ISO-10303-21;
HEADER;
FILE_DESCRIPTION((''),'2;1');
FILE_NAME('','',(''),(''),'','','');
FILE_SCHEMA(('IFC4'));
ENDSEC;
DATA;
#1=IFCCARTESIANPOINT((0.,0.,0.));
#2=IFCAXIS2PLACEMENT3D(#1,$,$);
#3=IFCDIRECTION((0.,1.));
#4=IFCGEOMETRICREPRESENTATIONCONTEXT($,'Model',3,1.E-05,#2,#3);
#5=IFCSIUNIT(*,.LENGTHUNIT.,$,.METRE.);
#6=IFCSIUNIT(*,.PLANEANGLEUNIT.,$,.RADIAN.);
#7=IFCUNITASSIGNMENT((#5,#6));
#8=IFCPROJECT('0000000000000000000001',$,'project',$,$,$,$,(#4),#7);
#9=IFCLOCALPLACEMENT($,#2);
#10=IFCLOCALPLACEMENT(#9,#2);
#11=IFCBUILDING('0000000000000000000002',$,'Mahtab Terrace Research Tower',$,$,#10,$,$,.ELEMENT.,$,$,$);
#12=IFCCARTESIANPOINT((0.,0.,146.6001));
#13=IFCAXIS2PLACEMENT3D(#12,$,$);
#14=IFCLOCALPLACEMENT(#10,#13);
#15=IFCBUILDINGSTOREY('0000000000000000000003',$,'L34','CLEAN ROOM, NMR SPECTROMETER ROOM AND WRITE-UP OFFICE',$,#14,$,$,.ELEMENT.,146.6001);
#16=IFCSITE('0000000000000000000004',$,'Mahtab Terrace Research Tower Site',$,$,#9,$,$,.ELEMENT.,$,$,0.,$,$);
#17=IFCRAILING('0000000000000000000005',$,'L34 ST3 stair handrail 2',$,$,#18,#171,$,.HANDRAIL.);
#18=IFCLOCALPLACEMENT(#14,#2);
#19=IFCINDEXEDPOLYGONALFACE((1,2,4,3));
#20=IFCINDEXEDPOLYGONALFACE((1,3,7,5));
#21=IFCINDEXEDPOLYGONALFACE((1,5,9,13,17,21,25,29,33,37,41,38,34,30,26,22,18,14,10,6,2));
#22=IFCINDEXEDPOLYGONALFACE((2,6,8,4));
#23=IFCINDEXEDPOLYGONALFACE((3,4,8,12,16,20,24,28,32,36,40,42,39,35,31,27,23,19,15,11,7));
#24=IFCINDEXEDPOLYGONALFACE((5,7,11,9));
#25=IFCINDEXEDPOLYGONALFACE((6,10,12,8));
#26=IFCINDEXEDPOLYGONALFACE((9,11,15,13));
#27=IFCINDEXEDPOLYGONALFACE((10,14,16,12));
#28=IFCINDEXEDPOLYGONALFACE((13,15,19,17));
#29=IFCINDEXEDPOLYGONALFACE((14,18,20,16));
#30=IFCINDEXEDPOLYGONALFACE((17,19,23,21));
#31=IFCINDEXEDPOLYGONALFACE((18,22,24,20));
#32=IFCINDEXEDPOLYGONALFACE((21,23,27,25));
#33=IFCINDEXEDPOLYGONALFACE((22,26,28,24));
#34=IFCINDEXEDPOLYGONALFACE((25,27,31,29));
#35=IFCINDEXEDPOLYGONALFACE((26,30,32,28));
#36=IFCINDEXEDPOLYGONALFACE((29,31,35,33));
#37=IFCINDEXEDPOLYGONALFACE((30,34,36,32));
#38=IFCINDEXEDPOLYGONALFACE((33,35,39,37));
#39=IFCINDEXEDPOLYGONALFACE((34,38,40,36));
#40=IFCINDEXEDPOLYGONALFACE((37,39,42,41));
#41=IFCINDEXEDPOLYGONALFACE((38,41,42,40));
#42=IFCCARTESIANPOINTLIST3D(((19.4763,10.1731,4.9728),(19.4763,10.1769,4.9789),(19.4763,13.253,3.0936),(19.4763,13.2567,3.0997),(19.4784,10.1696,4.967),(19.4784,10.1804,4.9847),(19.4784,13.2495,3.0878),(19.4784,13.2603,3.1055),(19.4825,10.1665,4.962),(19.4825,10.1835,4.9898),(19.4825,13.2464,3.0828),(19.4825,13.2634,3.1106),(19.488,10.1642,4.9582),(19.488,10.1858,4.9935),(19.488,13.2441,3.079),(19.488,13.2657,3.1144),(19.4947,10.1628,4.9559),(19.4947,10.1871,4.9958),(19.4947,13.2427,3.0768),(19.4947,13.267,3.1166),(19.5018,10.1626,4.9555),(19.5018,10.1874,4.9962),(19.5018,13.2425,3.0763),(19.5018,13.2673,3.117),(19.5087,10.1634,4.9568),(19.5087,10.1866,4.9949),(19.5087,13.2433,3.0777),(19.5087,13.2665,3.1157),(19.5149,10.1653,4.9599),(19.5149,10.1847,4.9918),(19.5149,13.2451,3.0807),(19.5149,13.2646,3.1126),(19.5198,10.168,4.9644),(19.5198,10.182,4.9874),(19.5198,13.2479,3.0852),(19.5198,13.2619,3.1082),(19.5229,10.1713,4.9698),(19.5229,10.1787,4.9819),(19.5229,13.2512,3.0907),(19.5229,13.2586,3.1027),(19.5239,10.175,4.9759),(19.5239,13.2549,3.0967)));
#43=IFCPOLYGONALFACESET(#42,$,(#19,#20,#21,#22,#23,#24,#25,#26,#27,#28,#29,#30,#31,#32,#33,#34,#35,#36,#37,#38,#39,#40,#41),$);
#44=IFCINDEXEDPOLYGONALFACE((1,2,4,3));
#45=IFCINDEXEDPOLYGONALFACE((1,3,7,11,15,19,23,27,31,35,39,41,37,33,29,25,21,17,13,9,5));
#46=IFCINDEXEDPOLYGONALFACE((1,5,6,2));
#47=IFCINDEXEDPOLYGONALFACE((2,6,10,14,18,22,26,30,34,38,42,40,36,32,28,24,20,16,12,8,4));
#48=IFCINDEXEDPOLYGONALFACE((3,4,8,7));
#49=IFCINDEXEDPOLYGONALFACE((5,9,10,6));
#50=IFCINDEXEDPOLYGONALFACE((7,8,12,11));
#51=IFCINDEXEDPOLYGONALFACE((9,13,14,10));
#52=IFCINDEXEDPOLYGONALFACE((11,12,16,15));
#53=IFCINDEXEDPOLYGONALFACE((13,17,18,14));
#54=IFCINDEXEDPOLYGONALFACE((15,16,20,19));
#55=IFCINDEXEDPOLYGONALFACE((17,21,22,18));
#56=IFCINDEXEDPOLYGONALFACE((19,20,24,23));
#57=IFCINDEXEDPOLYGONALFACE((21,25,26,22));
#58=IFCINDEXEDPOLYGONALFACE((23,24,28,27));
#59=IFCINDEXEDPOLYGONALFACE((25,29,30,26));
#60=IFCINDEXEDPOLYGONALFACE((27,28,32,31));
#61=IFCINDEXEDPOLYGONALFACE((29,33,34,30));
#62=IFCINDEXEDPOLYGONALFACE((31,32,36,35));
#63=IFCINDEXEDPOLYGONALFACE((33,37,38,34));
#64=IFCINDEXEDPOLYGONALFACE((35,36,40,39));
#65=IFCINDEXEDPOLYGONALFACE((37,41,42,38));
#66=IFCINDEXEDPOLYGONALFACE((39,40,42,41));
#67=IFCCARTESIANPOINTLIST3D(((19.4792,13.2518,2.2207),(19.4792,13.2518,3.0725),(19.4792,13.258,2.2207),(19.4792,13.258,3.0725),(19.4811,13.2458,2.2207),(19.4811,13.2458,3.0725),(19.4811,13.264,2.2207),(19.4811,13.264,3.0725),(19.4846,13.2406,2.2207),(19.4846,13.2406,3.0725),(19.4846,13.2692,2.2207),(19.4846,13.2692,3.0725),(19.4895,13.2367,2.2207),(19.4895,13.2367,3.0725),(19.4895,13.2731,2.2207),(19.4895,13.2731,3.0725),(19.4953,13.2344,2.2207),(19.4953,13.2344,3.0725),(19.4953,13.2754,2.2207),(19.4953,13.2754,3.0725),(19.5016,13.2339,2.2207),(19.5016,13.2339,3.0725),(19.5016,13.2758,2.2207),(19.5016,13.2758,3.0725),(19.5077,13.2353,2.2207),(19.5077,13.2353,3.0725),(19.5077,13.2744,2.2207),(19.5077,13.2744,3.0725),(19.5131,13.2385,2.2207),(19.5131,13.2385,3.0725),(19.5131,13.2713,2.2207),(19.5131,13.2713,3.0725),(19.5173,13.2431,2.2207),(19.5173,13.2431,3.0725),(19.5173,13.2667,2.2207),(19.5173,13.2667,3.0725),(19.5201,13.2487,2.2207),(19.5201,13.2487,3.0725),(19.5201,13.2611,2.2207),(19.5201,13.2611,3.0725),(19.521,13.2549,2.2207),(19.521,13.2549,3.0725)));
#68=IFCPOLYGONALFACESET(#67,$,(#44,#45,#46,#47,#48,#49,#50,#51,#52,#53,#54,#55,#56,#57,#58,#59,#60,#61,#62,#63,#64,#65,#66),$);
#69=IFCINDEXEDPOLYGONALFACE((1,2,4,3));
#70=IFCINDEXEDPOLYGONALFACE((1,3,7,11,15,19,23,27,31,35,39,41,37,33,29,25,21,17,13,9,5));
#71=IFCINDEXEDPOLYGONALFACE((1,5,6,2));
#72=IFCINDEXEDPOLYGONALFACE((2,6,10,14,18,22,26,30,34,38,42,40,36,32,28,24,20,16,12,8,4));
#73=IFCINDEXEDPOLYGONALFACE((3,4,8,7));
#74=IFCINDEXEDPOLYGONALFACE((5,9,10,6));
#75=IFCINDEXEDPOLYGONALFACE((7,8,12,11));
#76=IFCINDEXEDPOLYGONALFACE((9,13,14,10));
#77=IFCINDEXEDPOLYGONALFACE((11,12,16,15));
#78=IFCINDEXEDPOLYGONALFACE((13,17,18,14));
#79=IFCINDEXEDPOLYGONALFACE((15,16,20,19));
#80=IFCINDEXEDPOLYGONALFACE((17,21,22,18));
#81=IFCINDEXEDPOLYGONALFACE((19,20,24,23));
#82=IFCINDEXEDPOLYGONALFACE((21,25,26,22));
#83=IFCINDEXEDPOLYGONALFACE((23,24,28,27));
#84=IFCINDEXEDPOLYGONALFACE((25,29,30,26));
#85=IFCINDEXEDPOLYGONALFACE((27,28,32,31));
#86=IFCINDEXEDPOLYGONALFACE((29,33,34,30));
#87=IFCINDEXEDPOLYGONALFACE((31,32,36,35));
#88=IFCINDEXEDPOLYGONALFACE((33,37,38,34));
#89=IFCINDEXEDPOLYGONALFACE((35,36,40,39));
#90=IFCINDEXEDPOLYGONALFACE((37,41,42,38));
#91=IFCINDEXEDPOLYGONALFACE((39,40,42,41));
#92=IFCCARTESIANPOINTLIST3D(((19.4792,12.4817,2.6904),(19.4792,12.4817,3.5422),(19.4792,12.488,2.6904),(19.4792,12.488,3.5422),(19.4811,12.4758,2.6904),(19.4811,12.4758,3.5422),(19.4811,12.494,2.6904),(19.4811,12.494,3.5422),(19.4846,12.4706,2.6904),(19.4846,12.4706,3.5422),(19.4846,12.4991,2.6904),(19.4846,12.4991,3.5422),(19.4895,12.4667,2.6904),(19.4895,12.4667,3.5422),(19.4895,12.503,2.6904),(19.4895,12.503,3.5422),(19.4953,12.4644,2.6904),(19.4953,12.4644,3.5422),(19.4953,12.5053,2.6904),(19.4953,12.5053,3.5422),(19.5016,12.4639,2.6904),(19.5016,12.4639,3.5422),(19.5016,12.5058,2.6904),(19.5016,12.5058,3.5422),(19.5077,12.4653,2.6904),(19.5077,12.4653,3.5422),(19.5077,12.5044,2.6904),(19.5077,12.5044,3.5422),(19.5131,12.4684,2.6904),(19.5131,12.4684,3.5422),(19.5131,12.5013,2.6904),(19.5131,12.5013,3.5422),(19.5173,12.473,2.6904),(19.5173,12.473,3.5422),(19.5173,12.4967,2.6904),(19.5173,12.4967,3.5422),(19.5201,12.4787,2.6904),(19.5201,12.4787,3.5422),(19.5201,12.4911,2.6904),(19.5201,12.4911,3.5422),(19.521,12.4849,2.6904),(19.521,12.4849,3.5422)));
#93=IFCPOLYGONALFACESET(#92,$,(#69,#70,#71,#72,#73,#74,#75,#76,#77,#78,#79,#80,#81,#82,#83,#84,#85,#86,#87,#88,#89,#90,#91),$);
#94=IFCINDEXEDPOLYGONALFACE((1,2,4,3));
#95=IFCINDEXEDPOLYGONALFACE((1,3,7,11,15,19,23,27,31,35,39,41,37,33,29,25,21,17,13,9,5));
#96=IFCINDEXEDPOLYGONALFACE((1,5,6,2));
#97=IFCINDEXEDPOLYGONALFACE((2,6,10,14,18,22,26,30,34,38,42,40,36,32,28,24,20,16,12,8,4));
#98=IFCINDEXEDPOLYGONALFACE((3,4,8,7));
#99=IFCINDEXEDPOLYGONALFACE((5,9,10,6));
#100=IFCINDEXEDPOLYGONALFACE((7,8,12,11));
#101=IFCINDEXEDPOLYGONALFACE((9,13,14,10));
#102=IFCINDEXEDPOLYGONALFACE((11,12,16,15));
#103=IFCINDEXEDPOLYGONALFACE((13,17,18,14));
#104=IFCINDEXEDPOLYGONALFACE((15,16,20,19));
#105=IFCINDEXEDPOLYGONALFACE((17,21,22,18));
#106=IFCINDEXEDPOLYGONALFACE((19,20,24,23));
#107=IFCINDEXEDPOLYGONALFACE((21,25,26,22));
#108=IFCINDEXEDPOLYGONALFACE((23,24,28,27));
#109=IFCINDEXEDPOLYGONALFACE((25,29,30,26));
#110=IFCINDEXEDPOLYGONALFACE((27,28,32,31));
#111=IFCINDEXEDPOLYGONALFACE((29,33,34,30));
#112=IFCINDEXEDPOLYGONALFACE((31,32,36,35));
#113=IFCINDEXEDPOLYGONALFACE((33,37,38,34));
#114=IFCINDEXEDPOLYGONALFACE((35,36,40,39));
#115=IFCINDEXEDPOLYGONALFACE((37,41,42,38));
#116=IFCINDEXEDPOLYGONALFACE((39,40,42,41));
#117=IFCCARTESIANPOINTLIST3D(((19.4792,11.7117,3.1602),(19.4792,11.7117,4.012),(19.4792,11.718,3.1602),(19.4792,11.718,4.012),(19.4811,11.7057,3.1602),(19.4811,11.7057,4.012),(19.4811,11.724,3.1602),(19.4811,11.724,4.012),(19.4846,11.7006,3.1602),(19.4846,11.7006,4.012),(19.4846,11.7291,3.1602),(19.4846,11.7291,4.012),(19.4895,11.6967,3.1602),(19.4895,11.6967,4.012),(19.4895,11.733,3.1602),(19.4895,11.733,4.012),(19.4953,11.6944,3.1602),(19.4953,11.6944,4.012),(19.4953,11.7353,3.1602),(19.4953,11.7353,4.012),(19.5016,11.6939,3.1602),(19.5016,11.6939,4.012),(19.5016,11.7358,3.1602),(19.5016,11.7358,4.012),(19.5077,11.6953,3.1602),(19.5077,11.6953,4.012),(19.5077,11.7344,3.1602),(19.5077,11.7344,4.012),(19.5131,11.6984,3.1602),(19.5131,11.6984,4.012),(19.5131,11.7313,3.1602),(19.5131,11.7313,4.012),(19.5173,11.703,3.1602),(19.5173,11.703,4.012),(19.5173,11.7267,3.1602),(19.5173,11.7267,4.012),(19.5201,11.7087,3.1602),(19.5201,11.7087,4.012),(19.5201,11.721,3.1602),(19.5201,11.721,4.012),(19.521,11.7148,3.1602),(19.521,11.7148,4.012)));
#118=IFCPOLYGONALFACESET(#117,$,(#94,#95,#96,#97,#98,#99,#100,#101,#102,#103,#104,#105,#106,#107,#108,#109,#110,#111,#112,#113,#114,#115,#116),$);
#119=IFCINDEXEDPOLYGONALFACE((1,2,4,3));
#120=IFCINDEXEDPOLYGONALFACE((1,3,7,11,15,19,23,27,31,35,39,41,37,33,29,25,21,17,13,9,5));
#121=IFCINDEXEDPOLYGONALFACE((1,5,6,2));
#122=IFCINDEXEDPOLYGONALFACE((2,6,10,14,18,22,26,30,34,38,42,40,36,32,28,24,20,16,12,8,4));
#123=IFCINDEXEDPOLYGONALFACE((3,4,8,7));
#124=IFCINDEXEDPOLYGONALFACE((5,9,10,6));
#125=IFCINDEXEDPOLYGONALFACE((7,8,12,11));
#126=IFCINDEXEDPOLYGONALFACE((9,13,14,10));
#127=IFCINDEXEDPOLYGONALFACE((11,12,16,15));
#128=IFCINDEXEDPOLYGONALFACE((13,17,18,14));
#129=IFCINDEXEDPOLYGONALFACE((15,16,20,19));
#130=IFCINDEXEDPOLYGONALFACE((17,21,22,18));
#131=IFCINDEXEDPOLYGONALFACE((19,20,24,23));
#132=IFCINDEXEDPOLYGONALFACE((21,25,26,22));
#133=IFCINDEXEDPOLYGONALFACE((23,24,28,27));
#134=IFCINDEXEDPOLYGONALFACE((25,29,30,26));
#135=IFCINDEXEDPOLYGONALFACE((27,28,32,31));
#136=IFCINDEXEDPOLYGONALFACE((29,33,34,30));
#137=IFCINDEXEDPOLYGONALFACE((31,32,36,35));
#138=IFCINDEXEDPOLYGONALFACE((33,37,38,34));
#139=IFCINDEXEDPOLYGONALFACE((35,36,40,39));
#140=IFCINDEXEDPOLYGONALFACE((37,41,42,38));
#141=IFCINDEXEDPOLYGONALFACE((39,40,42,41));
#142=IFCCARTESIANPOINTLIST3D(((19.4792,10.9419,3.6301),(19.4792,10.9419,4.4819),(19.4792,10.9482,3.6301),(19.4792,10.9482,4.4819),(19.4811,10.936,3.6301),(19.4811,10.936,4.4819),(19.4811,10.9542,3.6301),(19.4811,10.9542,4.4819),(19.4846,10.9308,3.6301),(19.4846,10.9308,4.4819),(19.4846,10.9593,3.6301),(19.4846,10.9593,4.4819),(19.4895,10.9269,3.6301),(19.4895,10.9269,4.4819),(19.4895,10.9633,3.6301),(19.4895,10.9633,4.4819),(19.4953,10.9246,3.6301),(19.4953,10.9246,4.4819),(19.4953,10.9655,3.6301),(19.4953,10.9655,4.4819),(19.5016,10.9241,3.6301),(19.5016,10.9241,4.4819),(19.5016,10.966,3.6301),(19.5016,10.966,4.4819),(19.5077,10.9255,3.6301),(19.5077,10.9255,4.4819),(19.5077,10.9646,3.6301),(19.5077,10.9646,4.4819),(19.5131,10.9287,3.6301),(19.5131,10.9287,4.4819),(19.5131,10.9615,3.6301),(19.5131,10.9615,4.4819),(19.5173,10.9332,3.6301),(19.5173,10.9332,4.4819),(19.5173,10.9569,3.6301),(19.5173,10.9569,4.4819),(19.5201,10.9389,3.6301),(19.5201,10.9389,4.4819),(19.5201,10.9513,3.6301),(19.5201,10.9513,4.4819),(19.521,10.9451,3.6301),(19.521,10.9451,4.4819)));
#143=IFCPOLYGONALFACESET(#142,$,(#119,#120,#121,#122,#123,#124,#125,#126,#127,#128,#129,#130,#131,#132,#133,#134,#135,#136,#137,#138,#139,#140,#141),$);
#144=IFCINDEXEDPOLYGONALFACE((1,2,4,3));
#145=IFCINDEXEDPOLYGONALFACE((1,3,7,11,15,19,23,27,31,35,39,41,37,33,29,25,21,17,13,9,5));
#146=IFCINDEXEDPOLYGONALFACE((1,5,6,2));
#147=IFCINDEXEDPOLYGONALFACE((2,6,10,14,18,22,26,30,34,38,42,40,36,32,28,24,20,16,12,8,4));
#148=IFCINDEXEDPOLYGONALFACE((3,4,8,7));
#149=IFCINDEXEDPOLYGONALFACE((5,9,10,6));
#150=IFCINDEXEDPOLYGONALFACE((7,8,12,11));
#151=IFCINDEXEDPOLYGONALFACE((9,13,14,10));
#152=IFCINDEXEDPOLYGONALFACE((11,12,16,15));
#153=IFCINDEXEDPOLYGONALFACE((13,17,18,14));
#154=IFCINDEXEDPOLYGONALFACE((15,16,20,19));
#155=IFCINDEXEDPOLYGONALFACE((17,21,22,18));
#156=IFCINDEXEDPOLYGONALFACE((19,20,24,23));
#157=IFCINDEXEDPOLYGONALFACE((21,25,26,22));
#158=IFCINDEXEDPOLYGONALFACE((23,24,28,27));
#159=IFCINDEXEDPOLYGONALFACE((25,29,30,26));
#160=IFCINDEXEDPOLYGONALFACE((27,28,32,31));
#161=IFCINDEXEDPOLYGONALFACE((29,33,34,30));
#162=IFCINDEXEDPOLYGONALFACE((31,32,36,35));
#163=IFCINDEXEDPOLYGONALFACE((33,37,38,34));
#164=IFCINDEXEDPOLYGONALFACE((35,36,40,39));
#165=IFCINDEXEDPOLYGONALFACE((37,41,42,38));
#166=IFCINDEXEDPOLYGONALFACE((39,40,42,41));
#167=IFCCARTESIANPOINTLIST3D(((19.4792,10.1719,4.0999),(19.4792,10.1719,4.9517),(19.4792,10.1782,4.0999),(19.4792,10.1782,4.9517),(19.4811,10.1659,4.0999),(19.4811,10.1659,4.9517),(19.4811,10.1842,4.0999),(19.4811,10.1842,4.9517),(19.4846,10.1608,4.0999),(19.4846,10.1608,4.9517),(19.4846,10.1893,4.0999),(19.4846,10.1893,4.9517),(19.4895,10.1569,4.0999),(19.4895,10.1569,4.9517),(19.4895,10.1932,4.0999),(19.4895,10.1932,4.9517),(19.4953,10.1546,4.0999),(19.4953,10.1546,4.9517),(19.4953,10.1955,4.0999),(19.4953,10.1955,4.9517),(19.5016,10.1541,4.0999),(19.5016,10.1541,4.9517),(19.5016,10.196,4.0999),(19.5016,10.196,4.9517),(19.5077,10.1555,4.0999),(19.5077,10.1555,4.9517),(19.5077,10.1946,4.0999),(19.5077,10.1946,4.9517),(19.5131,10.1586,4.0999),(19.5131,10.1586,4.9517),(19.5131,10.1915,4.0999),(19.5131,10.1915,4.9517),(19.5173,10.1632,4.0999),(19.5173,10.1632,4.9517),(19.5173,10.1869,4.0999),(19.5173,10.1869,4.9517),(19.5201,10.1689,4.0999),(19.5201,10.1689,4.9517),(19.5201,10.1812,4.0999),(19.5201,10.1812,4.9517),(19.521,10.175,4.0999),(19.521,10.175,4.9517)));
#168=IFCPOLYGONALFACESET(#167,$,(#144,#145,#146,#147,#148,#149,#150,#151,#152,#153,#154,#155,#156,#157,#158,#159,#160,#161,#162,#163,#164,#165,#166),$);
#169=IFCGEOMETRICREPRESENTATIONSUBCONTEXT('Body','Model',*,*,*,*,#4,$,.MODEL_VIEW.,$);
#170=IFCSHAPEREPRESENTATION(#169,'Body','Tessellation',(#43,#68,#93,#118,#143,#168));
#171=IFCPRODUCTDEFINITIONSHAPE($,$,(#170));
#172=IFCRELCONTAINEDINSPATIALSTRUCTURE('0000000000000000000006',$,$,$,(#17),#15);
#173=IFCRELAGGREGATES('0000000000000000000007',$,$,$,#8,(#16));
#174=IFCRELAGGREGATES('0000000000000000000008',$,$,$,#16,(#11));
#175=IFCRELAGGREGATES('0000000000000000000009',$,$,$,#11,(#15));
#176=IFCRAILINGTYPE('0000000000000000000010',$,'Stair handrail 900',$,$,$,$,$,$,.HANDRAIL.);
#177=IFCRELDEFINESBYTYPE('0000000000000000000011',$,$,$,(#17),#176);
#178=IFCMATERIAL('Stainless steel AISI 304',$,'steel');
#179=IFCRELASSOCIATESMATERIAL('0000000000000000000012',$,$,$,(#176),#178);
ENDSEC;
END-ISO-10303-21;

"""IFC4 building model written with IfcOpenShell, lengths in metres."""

from ifc_helpers import new_model, si_unit, direction, frame, origin, origin_2d, place, context, subcontext, project, spatial, circle, extrude, material, type_object, element, save


model = new_model("IFC4")

# Units and contexts
model_context = context("Model", 3, precision=1e-05, world=origin(), true_north=direction((0.0, 1.0)))
body_context = subcontext(model_context, "Body", "Model", "MODEL_VIEW")
ifc_project = project(units=[si_unit("LENGTHUNIT", "METRE"), si_unit("PLANEANGLEUNIT", "RADIAN")], contexts=[model_context])

# Site, building, storey
site_placement = place(None, origin())
site = spatial("IfcSite", under=ifc_project, at=site_placement, Name="Mahtab Terrace Research Tower Site", CompositionType="ELEMENT", RefElevation=0.0)
building_placement = place(site_placement, origin())
building = spatial("IfcBuilding", under=site, at=building_placement, Name="Mahtab Terrace Research Tower", CompositionType="ELEMENT")
storey_placement = place(building_placement, frame((0.0, 0.0, 146.6001)))
storey = spatial("IfcBuildingStorey", under=building, at=storey_placement, Name="L34", Description="CLEAN ROOM, NMR SPECTROMETER ROOM AND WRITE-UP OFFICE", CompositionType="ELEMENT", Elevation=146.6001)

# Railing
ifc_material_1 = material(Name="Stainless steel AISI 304", Category="steel")
railing_type_1 = type_object("IfcRailingType", Name="Stair handrail 900", PredefinedType="HANDRAIL", material=ifc_material_1)
railing_1_placement = place(storey_placement, frame((19.5, 13.2549, 2.2207)))
element("IfcRailing", 1, at=railing_1_placement, inside=storey, type_object=railing_type_1, Name="L34 ST3 stair handrail 2", PredefinedType="HANDRAIL", context=body_context, shape_type="SweptSolid", body=[
    extrude(circle(Radius=0.0239, at=origin_2d()), frame((0.0, 0.0, 0.876), z_axis=(0.0, -0.853648, 0.52085), x_axis=(1.0, 0.0, 0.0)), (0.0, 0.0, 1.0), 3.6079),
    extrude(circle(Radius=0.021, at=origin_2d()), origin(), (0.0, 0.0, 1.0), 0.8518),
    extrude(circle(Radius=0.021, at=origin_2d()), frame((0.0, -0.77, 0.4697)), (0.0, 0.0, 1.0), 0.8518),
    extrude(circle(Radius=0.021, at=origin_2d()), frame((0.0, -1.54, 0.9395)), (0.0, 0.0, 1.0), 0.8518),
    extrude(circle(Radius=0.021, at=origin_2d()), frame((0.0, -2.3098, 1.4094)), (0.0, 0.0, 1.0), 0.8518),
    extrude(circle(Radius=0.021, at=origin_2d()), frame((0.0, -3.0798, 1.8792)), (0.0, 0.0, 1.0), 0.8518),
])

save(model, "model.ifc")
